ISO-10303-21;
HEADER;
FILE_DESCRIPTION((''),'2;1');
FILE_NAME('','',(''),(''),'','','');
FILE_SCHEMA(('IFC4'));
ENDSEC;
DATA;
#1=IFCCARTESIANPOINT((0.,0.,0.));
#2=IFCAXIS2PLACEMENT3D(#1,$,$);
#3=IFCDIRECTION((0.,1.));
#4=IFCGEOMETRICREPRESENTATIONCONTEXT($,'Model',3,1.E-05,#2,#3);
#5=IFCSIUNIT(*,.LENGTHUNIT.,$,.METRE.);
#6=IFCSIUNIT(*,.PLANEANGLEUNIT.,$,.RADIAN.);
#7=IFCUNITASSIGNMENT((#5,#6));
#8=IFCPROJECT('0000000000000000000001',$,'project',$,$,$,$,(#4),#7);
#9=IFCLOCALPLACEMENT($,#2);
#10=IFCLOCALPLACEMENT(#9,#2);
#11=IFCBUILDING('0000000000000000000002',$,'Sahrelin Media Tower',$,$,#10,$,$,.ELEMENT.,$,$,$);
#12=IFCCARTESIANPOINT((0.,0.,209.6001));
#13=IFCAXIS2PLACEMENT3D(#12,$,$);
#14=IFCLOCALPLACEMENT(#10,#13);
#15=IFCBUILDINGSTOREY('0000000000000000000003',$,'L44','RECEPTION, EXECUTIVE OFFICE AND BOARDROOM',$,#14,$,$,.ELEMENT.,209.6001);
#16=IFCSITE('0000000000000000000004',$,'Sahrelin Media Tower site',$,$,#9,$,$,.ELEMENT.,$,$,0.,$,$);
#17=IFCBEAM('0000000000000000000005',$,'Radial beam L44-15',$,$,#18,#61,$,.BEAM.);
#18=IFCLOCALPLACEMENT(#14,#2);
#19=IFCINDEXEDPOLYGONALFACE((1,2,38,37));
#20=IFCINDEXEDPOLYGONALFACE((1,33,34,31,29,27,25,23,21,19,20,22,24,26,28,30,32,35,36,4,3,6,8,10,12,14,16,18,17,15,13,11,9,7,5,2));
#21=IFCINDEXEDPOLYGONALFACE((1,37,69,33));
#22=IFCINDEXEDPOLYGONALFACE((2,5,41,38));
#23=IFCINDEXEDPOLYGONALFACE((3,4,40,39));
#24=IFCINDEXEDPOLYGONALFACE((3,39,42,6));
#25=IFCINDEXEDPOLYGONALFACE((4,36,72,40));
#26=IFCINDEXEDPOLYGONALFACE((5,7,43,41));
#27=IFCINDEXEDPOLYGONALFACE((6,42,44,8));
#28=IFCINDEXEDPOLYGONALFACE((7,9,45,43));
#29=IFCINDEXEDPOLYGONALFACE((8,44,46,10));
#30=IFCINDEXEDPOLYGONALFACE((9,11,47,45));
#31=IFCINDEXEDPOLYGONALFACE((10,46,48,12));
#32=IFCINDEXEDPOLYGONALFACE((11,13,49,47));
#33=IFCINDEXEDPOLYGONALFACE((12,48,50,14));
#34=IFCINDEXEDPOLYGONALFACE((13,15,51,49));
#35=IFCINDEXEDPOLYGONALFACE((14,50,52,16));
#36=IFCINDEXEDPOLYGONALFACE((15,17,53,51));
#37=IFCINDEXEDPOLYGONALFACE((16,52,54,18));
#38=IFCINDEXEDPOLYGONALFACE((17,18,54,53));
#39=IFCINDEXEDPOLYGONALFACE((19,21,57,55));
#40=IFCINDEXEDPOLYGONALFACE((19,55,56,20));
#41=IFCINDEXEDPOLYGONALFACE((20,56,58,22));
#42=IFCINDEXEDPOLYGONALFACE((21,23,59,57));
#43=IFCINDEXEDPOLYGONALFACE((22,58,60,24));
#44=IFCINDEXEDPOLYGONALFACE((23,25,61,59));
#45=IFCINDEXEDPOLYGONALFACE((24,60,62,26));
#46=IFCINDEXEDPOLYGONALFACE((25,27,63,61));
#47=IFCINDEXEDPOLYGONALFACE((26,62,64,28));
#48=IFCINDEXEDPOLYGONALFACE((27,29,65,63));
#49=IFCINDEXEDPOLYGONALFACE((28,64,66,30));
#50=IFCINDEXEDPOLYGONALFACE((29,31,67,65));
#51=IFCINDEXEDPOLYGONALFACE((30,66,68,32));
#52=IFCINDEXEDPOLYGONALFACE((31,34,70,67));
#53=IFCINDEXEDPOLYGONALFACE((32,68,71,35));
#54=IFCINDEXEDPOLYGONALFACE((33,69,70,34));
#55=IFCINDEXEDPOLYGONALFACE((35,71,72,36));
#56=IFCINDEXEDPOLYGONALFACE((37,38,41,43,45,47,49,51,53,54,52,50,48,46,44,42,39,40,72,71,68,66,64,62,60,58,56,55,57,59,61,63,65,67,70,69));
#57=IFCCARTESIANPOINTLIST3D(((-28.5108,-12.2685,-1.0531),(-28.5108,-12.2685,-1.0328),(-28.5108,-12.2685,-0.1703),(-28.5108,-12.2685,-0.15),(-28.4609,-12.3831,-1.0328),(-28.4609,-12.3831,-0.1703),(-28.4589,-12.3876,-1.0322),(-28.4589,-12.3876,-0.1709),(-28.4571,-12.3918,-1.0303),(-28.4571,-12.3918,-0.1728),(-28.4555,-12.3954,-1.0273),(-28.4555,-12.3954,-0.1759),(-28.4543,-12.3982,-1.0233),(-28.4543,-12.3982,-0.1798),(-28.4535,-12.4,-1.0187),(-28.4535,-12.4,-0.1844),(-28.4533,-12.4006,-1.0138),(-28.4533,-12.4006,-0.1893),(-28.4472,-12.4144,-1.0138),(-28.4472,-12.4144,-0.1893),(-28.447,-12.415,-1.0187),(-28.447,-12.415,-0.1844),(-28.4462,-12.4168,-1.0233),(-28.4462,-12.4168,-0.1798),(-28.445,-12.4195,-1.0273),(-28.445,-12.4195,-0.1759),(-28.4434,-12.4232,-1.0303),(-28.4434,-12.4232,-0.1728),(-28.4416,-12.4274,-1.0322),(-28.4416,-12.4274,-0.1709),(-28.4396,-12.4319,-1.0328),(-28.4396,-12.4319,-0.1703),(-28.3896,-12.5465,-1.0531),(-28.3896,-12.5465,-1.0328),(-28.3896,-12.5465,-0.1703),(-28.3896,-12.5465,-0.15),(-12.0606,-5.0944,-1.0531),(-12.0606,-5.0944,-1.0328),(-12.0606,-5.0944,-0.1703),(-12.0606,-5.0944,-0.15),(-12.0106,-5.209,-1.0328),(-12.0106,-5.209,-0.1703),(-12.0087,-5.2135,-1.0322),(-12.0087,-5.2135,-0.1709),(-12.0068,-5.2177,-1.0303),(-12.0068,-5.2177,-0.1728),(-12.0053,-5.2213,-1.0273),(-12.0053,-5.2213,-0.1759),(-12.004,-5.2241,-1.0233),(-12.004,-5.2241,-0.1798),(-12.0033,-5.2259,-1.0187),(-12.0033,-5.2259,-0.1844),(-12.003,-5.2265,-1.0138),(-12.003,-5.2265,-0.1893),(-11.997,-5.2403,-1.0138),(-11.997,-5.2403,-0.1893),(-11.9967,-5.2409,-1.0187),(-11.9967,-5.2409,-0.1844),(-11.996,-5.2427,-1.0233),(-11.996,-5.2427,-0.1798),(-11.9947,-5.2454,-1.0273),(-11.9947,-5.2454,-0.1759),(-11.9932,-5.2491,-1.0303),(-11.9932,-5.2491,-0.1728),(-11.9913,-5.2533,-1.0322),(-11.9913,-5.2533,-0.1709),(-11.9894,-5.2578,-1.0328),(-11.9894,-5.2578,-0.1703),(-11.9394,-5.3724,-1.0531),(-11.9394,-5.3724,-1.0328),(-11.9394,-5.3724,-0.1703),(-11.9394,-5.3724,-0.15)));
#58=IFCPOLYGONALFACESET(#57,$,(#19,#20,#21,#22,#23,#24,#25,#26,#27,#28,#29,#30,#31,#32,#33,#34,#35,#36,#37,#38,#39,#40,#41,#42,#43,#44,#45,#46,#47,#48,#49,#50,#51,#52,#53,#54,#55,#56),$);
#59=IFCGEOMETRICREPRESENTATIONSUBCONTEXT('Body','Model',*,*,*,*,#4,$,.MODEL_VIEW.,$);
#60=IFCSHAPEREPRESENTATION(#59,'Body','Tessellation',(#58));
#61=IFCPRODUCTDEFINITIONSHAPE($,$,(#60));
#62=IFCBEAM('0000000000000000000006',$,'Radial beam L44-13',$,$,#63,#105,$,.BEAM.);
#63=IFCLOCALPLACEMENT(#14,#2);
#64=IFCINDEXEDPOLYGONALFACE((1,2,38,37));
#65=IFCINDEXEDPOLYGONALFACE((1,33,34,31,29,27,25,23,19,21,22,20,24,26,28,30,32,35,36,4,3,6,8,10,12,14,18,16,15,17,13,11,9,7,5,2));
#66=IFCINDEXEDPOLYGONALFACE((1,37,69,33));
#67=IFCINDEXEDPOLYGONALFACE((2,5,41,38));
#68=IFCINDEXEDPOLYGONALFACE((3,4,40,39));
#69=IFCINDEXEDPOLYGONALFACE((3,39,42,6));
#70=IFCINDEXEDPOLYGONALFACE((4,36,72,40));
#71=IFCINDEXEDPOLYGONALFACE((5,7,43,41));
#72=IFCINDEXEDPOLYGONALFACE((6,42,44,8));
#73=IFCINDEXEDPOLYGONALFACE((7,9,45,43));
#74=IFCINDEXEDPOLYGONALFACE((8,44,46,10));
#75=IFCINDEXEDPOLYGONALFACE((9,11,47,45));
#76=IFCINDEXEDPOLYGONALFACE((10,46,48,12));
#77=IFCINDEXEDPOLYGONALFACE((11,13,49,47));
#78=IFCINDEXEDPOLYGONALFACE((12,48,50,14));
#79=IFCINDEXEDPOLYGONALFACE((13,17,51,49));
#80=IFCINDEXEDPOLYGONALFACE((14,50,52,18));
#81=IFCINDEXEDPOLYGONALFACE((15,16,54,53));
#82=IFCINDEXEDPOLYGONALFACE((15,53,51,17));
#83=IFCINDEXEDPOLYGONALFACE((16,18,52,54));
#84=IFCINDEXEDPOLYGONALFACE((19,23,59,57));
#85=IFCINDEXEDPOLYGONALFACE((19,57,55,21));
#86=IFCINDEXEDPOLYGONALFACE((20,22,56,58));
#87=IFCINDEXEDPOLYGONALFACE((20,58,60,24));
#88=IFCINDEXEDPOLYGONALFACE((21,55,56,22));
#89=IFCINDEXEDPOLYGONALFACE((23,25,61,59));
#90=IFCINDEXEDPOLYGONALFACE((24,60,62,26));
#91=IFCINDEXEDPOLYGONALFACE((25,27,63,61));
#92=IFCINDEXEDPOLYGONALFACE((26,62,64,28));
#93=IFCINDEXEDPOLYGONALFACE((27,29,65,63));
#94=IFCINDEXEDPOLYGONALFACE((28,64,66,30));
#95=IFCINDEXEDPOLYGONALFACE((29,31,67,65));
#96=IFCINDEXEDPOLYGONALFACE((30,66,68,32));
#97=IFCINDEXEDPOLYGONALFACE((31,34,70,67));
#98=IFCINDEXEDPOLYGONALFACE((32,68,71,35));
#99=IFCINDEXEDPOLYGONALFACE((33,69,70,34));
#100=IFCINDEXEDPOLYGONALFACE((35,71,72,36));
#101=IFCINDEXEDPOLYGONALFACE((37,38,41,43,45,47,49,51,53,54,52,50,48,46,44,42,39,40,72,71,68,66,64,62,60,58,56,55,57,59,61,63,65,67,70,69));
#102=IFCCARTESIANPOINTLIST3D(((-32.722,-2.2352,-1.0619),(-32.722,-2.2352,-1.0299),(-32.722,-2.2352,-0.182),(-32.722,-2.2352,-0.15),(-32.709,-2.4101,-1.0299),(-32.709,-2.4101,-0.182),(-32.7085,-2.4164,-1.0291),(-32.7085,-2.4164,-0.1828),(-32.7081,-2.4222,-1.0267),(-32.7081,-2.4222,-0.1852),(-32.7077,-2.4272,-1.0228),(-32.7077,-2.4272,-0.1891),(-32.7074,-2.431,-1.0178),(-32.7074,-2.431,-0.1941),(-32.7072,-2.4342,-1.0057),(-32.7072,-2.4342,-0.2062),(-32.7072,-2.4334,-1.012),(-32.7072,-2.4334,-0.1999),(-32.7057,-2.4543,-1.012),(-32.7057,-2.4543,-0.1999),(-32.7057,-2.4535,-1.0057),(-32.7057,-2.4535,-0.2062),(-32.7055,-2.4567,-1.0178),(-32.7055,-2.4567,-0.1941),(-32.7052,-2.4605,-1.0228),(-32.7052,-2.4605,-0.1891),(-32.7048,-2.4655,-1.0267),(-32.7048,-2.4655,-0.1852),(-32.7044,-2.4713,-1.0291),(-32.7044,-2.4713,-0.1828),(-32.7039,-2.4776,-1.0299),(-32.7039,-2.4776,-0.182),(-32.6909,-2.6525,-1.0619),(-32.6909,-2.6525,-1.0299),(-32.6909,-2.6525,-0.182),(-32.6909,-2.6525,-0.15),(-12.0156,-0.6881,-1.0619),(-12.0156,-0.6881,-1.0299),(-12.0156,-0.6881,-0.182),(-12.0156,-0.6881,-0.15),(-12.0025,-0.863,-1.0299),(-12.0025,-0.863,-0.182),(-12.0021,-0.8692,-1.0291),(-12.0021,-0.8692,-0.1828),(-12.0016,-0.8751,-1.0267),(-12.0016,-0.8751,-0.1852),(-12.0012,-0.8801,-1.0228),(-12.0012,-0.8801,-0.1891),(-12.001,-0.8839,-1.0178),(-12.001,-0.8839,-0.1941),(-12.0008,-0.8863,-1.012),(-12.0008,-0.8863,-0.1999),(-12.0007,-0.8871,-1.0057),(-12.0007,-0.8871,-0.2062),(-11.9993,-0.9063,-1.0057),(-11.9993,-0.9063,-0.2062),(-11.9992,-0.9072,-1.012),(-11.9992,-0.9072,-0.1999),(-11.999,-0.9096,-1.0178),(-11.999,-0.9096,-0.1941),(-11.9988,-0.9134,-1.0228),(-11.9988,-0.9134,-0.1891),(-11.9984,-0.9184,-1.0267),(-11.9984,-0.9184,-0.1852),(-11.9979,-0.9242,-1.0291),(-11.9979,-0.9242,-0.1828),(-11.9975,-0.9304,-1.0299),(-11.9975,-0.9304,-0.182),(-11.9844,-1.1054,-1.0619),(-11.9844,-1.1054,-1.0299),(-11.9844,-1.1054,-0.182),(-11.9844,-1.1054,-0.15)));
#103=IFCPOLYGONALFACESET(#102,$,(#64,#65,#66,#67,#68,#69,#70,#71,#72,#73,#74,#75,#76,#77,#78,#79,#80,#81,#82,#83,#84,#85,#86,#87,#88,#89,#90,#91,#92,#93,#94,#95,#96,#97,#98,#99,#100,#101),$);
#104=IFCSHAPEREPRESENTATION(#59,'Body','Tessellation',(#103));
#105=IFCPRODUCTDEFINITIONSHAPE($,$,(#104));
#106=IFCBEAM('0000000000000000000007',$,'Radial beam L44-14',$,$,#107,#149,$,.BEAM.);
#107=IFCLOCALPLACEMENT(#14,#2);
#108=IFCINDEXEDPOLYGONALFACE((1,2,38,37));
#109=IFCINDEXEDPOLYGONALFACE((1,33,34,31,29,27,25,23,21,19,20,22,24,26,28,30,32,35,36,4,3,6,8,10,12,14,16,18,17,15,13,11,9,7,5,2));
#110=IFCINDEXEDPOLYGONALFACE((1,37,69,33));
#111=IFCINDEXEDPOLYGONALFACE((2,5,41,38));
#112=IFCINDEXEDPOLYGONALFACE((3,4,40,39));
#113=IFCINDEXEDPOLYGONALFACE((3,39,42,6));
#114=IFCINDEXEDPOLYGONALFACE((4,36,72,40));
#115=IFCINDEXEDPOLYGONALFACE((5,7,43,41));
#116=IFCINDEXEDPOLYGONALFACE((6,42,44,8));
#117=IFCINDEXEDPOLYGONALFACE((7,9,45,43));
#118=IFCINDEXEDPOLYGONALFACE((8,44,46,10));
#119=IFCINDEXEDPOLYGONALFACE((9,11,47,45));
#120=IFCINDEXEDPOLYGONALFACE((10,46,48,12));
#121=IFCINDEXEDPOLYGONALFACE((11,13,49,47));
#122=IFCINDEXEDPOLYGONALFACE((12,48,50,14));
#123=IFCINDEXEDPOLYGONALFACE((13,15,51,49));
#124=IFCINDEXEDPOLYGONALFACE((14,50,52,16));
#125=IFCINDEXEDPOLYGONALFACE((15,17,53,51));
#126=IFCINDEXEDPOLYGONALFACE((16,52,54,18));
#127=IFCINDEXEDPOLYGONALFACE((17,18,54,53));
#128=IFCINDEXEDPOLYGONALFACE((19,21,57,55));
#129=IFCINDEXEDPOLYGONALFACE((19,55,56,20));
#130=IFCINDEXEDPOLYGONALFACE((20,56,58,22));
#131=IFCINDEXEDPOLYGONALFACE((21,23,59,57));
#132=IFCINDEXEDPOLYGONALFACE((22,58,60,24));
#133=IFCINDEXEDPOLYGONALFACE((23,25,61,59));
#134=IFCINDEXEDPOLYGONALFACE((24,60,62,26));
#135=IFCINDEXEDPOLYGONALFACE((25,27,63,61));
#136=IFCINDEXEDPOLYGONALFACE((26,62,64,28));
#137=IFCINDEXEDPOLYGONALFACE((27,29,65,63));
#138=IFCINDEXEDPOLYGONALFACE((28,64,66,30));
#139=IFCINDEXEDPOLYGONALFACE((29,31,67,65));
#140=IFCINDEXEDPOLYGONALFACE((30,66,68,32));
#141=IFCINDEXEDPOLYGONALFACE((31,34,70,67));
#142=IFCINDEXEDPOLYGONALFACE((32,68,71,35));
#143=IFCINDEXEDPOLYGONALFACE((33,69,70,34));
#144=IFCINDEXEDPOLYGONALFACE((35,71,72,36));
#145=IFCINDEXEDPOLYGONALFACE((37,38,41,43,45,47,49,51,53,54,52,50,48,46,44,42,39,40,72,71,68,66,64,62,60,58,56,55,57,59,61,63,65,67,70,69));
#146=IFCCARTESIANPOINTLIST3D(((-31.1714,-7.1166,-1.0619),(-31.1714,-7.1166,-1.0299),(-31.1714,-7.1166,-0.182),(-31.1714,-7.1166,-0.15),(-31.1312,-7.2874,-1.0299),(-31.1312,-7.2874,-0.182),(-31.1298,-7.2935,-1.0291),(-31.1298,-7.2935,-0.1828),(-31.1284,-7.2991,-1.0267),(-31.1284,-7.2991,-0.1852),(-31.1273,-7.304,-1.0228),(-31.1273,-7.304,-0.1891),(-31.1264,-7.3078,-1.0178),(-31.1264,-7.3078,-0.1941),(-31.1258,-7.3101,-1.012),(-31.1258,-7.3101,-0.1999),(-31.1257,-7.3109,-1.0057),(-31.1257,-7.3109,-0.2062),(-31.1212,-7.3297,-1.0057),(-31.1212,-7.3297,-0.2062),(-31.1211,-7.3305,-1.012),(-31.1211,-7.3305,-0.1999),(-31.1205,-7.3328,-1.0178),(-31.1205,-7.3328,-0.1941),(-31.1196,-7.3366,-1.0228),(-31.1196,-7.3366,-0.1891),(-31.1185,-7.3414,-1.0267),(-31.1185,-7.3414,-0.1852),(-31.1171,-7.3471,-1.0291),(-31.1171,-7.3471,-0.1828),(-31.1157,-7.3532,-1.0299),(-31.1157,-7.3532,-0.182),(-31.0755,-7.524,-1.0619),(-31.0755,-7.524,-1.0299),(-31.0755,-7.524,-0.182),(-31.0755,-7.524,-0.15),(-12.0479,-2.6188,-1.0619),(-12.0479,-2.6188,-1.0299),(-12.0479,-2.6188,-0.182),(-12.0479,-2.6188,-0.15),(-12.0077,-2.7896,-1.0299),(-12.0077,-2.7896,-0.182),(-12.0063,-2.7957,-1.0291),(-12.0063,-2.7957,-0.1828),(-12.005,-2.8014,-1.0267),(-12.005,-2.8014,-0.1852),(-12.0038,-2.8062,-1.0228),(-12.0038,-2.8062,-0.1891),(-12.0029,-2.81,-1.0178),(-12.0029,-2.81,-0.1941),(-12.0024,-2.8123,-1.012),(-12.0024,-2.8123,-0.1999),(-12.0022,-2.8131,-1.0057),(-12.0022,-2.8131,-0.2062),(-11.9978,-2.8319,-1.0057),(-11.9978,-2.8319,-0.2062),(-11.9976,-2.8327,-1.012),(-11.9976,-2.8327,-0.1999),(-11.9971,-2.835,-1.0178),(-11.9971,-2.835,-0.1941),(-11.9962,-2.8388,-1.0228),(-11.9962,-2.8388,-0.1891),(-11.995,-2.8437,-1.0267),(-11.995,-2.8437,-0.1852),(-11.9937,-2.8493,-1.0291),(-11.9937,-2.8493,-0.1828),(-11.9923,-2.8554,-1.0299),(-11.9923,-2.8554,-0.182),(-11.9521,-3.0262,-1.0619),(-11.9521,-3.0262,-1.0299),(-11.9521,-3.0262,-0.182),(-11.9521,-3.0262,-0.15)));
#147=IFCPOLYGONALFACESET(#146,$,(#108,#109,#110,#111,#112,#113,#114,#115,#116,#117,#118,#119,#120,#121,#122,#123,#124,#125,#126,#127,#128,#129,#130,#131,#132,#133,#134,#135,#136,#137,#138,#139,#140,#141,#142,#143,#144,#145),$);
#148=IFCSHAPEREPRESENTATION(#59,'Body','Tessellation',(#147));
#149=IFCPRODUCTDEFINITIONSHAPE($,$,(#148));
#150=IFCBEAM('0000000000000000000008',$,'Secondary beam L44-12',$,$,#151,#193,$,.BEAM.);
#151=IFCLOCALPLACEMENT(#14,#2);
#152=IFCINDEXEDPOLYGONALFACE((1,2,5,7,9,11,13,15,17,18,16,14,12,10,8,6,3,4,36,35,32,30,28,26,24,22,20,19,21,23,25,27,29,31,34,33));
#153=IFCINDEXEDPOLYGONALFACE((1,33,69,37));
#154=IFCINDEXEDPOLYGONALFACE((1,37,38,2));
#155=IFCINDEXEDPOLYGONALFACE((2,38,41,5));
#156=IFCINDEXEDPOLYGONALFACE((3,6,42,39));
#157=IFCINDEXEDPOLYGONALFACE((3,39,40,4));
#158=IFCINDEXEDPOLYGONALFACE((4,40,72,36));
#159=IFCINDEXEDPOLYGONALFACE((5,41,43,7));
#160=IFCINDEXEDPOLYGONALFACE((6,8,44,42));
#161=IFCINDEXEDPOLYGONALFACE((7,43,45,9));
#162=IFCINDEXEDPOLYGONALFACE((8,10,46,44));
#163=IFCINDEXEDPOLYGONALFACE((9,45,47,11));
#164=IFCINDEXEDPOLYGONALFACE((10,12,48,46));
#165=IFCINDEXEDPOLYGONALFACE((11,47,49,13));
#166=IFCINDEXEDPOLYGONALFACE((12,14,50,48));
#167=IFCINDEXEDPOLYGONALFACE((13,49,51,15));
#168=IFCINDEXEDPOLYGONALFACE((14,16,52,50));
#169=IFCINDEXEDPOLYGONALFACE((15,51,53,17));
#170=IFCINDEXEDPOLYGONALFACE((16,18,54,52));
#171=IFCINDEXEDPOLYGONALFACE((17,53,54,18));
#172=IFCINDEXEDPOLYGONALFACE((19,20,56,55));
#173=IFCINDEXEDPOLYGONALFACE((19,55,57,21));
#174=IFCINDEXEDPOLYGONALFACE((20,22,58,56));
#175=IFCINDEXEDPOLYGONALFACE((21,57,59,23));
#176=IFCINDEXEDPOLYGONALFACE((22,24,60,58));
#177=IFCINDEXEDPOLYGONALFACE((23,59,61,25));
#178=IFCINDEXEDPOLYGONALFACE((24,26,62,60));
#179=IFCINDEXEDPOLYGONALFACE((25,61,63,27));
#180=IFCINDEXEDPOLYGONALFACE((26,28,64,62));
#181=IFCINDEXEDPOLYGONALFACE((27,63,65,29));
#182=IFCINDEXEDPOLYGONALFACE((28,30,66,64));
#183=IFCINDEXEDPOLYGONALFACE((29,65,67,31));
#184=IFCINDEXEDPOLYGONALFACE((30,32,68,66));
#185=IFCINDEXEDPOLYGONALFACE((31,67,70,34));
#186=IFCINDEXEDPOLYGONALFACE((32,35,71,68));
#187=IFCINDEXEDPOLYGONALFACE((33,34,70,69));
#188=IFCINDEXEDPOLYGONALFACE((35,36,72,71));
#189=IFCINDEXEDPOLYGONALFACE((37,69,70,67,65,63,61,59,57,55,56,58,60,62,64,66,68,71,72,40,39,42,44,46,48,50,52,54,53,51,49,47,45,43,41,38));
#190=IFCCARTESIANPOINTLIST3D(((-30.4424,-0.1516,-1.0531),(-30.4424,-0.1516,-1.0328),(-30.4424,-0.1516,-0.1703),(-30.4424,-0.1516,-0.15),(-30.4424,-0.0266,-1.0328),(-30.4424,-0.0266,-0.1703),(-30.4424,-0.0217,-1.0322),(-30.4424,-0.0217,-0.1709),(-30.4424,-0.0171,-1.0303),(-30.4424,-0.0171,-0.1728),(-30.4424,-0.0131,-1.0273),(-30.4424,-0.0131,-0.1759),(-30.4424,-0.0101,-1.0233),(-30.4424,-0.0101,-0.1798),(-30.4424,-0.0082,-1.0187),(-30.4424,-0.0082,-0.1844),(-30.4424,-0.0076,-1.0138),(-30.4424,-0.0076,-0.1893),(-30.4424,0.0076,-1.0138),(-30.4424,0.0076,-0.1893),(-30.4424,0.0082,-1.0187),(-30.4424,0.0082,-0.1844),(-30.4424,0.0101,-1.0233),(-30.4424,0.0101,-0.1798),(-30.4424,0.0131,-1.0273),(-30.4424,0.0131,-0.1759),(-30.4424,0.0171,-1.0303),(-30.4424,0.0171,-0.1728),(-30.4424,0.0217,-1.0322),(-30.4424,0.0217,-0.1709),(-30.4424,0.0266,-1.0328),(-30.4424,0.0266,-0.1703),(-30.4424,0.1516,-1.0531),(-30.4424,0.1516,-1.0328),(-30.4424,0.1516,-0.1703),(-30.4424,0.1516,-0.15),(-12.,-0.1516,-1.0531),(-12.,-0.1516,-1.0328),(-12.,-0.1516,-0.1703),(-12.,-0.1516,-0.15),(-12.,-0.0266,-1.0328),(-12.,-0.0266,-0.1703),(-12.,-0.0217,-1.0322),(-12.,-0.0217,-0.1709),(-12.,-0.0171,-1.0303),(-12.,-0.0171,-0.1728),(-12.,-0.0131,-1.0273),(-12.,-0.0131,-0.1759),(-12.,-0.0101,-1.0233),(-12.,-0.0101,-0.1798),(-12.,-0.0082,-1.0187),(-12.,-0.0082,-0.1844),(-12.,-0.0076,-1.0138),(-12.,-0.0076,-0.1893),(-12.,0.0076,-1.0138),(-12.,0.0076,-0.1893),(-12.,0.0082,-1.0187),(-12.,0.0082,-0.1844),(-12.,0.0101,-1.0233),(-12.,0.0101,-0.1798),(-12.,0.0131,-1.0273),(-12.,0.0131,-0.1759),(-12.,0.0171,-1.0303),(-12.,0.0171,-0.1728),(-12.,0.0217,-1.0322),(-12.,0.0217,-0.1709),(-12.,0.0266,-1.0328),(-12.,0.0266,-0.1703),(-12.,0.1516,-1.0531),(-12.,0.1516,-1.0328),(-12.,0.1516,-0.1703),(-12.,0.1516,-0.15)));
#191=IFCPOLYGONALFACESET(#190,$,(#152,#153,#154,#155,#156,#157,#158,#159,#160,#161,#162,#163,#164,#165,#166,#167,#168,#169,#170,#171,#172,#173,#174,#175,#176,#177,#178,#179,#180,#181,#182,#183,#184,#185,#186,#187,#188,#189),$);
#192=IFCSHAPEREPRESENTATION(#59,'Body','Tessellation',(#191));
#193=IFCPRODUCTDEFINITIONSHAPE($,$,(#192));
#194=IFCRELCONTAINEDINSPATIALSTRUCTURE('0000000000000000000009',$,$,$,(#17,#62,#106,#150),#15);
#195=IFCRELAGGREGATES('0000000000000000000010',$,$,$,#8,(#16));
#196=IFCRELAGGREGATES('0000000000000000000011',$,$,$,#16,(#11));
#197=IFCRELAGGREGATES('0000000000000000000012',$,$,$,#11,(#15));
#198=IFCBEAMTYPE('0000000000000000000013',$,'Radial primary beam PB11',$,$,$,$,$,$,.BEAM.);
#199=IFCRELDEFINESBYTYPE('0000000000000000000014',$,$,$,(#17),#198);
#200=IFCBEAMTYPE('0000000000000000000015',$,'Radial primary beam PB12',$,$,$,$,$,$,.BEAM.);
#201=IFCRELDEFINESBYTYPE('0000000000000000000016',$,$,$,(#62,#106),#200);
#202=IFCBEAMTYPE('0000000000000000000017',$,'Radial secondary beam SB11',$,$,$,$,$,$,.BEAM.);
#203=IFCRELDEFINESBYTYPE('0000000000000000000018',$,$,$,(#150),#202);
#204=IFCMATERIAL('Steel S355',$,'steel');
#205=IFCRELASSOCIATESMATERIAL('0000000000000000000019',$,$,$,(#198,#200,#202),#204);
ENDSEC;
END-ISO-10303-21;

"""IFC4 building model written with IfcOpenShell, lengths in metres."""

from ifc_helpers import new_model, si_unit, direction, frame, origin, origin_2d, place, context, subcontext, project, spatial, i_section, extrude, material, material_profile, profile_set, type_object, element, save


model = new_model("IFC4")

# Units and contexts
model_context = context("Model", 3, precision=1e-05, world=origin(), true_north=direction((0.0, 1.0)))
body_context = subcontext(model_context, "Body", "Model", "MODEL_VIEW")
ifc_project = project(units=[si_unit("LENGTHUNIT", "METRE"), si_unit("PLANEANGLEUNIT", "RADIAN")], contexts=[model_context])

# Site, building, storey
site_placement = place(None, origin())
site = spatial("IfcSite", under=ifc_project, at=site_placement, Name="Sahrelin Media Tower site", CompositionType="ELEMENT", RefElevation=0.0)
building_placement = place(site_placement, origin())
building = spatial("IfcBuilding", under=site, at=building_placement, Name="Sahrelin Media Tower", CompositionType="ELEMENT")
storey_placement = place(building_placement, frame((0.0, 0.0, 209.6001)))
storey = spatial("IfcBuildingStorey", under=building, at=storey_placement, Name="L44", Description="RECEPTION, EXECUTIVE OFFICE AND BOARDROOM", CompositionType="ELEMENT", Elevation=209.6001)

# Beams
ifc_material_1 = material(Name="Steel S355", Category="steel")
ifc_material_profile_1 = material_profile(ifc_material_1, i_section(OverallWidth=0.3032, OverallDepth=0.9031, WebThickness=0.0151, FlangeThickness=0.0203, FilletRadius=0.019, at=origin_2d()), Name="UB 914x305x201")
ifc_profile_set_1 = profile_set([ifc_material_profile_1], Name="Steel S355")
beam_type_1 = type_object("IfcBeamType", Name="Radial primary beam PB11", PredefinedType="BEAM", material=ifc_profile_set_1)
beam_1_placement = place(storey_placement, frame((-12.0, -5.2334, -0.6016), z_axis=(-0.916625, -0.399748, 0.0), x_axis=(0.399748, -0.916625, 0.0)))
element("IfcBeam", 1, at=beam_1_placement, inside=storey, type_object=beam_type_1, Name="Radial beam L44-15", PredefinedType="BEAM", context=body_context, shape_type="SweptSolid", body=[
    extrude(i_section(OverallWidth=0.3032, OverallDepth=0.9031, WebThickness=0.0151, FlangeThickness=0.0203, FilletRadius=0.019, at=origin_2d()), origin(), (0.0, 0.0, 1.0), 17.9465),
])
ifc_material_profile_2 = material_profile(ifc_material_1, i_section(OverallWidth=0.4185, OverallDepth=0.9119, WebThickness=0.0193, FlangeThickness=0.032, FilletRadius=0.0242, at=origin_2d()), Name="UB 914x419x343")
ifc_profile_set_2 = profile_set([ifc_material_profile_2], Name="Steel S355")
beam_type_2 = type_object("IfcBeamType", Name="Radial primary beam PB12", PredefinedType="BEAM", material=ifc_profile_set_2)
beam_2_placement = place(storey_placement, frame((-12.0, -0.8967, -0.606), z_axis=(-0.99722, -0.074509, 0.0), x_axis=(0.074509, -0.99722, 0.0)))
element("IfcBeam", 2, at=beam_2_placement, inside=storey, type_object=beam_type_2, Name="Radial beam L44-13", PredefinedType="BEAM", context=body_context, shape_type="SweptSolid", body=[
    extrude(i_section(OverallWidth=0.4185, OverallDepth=0.9119, WebThickness=0.0193, FlangeThickness=0.032, FilletRadius=0.0242, at=origin_2d()), origin(), (0.0, 0.0, 1.0), 20.7642),
])
beam_3_placement = place(storey_placement, frame((-12.0, -2.8225, -0.606), z_axis=(-0.973438, -0.22895, 0.0), x_axis=(0.22895, -0.973438, 0.0)))
element("IfcBeam", 3, at=beam_3_placement, inside=storey, type_object=beam_type_2, Name="Radial beam L44-14", PredefinedType="BEAM", context=body_context, shape_type="SweptSolid", body=[
    extrude(i_section(OverallWidth=0.4185, OverallDepth=0.9119, WebThickness=0.0193, FlangeThickness=0.032, FilletRadius=0.0242, at=origin_2d()), origin(), (0.0, 0.0, 1.0), 19.6453),
])
ifc_material_profile_3 = material_profile(ifc_material_1, i_section(OverallWidth=0.3032, OverallDepth=0.9031, WebThickness=0.0151, FlangeThickness=0.0203, FilletRadius=0.019, at=origin_2d()), Name="UB 914x305x201")
ifc_profile_set_3 = profile_set([ifc_material_profile_3], Name="Steel S355")
beam_type_3 = type_object("IfcBeamType", Name="Radial secondary beam SB11", PredefinedType="BEAM", material=ifc_profile_set_3)
beam_4_placement = place(storey_placement, frame((-12.0, 0.0, -0.6016), z_axis=(-1.0, 0.0, 0.0), x_axis=(0.0, -1.0, 0.0)))
element("IfcBeam", 4, at=beam_4_placement, inside=storey, type_object=beam_type_3, Name="Secondary beam L44-12", PredefinedType="BEAM", context=body_context, shape_type="SweptSolid", body=[
    extrude(i_section(OverallWidth=0.3032, OverallDepth=0.9031, WebThickness=0.0151, FlangeThickness=0.0203, FilletRadius=0.019, at=origin_2d()), origin(), (0.0, 0.0, 1.0), 18.4424),
])

save(model, "model.ifc")
